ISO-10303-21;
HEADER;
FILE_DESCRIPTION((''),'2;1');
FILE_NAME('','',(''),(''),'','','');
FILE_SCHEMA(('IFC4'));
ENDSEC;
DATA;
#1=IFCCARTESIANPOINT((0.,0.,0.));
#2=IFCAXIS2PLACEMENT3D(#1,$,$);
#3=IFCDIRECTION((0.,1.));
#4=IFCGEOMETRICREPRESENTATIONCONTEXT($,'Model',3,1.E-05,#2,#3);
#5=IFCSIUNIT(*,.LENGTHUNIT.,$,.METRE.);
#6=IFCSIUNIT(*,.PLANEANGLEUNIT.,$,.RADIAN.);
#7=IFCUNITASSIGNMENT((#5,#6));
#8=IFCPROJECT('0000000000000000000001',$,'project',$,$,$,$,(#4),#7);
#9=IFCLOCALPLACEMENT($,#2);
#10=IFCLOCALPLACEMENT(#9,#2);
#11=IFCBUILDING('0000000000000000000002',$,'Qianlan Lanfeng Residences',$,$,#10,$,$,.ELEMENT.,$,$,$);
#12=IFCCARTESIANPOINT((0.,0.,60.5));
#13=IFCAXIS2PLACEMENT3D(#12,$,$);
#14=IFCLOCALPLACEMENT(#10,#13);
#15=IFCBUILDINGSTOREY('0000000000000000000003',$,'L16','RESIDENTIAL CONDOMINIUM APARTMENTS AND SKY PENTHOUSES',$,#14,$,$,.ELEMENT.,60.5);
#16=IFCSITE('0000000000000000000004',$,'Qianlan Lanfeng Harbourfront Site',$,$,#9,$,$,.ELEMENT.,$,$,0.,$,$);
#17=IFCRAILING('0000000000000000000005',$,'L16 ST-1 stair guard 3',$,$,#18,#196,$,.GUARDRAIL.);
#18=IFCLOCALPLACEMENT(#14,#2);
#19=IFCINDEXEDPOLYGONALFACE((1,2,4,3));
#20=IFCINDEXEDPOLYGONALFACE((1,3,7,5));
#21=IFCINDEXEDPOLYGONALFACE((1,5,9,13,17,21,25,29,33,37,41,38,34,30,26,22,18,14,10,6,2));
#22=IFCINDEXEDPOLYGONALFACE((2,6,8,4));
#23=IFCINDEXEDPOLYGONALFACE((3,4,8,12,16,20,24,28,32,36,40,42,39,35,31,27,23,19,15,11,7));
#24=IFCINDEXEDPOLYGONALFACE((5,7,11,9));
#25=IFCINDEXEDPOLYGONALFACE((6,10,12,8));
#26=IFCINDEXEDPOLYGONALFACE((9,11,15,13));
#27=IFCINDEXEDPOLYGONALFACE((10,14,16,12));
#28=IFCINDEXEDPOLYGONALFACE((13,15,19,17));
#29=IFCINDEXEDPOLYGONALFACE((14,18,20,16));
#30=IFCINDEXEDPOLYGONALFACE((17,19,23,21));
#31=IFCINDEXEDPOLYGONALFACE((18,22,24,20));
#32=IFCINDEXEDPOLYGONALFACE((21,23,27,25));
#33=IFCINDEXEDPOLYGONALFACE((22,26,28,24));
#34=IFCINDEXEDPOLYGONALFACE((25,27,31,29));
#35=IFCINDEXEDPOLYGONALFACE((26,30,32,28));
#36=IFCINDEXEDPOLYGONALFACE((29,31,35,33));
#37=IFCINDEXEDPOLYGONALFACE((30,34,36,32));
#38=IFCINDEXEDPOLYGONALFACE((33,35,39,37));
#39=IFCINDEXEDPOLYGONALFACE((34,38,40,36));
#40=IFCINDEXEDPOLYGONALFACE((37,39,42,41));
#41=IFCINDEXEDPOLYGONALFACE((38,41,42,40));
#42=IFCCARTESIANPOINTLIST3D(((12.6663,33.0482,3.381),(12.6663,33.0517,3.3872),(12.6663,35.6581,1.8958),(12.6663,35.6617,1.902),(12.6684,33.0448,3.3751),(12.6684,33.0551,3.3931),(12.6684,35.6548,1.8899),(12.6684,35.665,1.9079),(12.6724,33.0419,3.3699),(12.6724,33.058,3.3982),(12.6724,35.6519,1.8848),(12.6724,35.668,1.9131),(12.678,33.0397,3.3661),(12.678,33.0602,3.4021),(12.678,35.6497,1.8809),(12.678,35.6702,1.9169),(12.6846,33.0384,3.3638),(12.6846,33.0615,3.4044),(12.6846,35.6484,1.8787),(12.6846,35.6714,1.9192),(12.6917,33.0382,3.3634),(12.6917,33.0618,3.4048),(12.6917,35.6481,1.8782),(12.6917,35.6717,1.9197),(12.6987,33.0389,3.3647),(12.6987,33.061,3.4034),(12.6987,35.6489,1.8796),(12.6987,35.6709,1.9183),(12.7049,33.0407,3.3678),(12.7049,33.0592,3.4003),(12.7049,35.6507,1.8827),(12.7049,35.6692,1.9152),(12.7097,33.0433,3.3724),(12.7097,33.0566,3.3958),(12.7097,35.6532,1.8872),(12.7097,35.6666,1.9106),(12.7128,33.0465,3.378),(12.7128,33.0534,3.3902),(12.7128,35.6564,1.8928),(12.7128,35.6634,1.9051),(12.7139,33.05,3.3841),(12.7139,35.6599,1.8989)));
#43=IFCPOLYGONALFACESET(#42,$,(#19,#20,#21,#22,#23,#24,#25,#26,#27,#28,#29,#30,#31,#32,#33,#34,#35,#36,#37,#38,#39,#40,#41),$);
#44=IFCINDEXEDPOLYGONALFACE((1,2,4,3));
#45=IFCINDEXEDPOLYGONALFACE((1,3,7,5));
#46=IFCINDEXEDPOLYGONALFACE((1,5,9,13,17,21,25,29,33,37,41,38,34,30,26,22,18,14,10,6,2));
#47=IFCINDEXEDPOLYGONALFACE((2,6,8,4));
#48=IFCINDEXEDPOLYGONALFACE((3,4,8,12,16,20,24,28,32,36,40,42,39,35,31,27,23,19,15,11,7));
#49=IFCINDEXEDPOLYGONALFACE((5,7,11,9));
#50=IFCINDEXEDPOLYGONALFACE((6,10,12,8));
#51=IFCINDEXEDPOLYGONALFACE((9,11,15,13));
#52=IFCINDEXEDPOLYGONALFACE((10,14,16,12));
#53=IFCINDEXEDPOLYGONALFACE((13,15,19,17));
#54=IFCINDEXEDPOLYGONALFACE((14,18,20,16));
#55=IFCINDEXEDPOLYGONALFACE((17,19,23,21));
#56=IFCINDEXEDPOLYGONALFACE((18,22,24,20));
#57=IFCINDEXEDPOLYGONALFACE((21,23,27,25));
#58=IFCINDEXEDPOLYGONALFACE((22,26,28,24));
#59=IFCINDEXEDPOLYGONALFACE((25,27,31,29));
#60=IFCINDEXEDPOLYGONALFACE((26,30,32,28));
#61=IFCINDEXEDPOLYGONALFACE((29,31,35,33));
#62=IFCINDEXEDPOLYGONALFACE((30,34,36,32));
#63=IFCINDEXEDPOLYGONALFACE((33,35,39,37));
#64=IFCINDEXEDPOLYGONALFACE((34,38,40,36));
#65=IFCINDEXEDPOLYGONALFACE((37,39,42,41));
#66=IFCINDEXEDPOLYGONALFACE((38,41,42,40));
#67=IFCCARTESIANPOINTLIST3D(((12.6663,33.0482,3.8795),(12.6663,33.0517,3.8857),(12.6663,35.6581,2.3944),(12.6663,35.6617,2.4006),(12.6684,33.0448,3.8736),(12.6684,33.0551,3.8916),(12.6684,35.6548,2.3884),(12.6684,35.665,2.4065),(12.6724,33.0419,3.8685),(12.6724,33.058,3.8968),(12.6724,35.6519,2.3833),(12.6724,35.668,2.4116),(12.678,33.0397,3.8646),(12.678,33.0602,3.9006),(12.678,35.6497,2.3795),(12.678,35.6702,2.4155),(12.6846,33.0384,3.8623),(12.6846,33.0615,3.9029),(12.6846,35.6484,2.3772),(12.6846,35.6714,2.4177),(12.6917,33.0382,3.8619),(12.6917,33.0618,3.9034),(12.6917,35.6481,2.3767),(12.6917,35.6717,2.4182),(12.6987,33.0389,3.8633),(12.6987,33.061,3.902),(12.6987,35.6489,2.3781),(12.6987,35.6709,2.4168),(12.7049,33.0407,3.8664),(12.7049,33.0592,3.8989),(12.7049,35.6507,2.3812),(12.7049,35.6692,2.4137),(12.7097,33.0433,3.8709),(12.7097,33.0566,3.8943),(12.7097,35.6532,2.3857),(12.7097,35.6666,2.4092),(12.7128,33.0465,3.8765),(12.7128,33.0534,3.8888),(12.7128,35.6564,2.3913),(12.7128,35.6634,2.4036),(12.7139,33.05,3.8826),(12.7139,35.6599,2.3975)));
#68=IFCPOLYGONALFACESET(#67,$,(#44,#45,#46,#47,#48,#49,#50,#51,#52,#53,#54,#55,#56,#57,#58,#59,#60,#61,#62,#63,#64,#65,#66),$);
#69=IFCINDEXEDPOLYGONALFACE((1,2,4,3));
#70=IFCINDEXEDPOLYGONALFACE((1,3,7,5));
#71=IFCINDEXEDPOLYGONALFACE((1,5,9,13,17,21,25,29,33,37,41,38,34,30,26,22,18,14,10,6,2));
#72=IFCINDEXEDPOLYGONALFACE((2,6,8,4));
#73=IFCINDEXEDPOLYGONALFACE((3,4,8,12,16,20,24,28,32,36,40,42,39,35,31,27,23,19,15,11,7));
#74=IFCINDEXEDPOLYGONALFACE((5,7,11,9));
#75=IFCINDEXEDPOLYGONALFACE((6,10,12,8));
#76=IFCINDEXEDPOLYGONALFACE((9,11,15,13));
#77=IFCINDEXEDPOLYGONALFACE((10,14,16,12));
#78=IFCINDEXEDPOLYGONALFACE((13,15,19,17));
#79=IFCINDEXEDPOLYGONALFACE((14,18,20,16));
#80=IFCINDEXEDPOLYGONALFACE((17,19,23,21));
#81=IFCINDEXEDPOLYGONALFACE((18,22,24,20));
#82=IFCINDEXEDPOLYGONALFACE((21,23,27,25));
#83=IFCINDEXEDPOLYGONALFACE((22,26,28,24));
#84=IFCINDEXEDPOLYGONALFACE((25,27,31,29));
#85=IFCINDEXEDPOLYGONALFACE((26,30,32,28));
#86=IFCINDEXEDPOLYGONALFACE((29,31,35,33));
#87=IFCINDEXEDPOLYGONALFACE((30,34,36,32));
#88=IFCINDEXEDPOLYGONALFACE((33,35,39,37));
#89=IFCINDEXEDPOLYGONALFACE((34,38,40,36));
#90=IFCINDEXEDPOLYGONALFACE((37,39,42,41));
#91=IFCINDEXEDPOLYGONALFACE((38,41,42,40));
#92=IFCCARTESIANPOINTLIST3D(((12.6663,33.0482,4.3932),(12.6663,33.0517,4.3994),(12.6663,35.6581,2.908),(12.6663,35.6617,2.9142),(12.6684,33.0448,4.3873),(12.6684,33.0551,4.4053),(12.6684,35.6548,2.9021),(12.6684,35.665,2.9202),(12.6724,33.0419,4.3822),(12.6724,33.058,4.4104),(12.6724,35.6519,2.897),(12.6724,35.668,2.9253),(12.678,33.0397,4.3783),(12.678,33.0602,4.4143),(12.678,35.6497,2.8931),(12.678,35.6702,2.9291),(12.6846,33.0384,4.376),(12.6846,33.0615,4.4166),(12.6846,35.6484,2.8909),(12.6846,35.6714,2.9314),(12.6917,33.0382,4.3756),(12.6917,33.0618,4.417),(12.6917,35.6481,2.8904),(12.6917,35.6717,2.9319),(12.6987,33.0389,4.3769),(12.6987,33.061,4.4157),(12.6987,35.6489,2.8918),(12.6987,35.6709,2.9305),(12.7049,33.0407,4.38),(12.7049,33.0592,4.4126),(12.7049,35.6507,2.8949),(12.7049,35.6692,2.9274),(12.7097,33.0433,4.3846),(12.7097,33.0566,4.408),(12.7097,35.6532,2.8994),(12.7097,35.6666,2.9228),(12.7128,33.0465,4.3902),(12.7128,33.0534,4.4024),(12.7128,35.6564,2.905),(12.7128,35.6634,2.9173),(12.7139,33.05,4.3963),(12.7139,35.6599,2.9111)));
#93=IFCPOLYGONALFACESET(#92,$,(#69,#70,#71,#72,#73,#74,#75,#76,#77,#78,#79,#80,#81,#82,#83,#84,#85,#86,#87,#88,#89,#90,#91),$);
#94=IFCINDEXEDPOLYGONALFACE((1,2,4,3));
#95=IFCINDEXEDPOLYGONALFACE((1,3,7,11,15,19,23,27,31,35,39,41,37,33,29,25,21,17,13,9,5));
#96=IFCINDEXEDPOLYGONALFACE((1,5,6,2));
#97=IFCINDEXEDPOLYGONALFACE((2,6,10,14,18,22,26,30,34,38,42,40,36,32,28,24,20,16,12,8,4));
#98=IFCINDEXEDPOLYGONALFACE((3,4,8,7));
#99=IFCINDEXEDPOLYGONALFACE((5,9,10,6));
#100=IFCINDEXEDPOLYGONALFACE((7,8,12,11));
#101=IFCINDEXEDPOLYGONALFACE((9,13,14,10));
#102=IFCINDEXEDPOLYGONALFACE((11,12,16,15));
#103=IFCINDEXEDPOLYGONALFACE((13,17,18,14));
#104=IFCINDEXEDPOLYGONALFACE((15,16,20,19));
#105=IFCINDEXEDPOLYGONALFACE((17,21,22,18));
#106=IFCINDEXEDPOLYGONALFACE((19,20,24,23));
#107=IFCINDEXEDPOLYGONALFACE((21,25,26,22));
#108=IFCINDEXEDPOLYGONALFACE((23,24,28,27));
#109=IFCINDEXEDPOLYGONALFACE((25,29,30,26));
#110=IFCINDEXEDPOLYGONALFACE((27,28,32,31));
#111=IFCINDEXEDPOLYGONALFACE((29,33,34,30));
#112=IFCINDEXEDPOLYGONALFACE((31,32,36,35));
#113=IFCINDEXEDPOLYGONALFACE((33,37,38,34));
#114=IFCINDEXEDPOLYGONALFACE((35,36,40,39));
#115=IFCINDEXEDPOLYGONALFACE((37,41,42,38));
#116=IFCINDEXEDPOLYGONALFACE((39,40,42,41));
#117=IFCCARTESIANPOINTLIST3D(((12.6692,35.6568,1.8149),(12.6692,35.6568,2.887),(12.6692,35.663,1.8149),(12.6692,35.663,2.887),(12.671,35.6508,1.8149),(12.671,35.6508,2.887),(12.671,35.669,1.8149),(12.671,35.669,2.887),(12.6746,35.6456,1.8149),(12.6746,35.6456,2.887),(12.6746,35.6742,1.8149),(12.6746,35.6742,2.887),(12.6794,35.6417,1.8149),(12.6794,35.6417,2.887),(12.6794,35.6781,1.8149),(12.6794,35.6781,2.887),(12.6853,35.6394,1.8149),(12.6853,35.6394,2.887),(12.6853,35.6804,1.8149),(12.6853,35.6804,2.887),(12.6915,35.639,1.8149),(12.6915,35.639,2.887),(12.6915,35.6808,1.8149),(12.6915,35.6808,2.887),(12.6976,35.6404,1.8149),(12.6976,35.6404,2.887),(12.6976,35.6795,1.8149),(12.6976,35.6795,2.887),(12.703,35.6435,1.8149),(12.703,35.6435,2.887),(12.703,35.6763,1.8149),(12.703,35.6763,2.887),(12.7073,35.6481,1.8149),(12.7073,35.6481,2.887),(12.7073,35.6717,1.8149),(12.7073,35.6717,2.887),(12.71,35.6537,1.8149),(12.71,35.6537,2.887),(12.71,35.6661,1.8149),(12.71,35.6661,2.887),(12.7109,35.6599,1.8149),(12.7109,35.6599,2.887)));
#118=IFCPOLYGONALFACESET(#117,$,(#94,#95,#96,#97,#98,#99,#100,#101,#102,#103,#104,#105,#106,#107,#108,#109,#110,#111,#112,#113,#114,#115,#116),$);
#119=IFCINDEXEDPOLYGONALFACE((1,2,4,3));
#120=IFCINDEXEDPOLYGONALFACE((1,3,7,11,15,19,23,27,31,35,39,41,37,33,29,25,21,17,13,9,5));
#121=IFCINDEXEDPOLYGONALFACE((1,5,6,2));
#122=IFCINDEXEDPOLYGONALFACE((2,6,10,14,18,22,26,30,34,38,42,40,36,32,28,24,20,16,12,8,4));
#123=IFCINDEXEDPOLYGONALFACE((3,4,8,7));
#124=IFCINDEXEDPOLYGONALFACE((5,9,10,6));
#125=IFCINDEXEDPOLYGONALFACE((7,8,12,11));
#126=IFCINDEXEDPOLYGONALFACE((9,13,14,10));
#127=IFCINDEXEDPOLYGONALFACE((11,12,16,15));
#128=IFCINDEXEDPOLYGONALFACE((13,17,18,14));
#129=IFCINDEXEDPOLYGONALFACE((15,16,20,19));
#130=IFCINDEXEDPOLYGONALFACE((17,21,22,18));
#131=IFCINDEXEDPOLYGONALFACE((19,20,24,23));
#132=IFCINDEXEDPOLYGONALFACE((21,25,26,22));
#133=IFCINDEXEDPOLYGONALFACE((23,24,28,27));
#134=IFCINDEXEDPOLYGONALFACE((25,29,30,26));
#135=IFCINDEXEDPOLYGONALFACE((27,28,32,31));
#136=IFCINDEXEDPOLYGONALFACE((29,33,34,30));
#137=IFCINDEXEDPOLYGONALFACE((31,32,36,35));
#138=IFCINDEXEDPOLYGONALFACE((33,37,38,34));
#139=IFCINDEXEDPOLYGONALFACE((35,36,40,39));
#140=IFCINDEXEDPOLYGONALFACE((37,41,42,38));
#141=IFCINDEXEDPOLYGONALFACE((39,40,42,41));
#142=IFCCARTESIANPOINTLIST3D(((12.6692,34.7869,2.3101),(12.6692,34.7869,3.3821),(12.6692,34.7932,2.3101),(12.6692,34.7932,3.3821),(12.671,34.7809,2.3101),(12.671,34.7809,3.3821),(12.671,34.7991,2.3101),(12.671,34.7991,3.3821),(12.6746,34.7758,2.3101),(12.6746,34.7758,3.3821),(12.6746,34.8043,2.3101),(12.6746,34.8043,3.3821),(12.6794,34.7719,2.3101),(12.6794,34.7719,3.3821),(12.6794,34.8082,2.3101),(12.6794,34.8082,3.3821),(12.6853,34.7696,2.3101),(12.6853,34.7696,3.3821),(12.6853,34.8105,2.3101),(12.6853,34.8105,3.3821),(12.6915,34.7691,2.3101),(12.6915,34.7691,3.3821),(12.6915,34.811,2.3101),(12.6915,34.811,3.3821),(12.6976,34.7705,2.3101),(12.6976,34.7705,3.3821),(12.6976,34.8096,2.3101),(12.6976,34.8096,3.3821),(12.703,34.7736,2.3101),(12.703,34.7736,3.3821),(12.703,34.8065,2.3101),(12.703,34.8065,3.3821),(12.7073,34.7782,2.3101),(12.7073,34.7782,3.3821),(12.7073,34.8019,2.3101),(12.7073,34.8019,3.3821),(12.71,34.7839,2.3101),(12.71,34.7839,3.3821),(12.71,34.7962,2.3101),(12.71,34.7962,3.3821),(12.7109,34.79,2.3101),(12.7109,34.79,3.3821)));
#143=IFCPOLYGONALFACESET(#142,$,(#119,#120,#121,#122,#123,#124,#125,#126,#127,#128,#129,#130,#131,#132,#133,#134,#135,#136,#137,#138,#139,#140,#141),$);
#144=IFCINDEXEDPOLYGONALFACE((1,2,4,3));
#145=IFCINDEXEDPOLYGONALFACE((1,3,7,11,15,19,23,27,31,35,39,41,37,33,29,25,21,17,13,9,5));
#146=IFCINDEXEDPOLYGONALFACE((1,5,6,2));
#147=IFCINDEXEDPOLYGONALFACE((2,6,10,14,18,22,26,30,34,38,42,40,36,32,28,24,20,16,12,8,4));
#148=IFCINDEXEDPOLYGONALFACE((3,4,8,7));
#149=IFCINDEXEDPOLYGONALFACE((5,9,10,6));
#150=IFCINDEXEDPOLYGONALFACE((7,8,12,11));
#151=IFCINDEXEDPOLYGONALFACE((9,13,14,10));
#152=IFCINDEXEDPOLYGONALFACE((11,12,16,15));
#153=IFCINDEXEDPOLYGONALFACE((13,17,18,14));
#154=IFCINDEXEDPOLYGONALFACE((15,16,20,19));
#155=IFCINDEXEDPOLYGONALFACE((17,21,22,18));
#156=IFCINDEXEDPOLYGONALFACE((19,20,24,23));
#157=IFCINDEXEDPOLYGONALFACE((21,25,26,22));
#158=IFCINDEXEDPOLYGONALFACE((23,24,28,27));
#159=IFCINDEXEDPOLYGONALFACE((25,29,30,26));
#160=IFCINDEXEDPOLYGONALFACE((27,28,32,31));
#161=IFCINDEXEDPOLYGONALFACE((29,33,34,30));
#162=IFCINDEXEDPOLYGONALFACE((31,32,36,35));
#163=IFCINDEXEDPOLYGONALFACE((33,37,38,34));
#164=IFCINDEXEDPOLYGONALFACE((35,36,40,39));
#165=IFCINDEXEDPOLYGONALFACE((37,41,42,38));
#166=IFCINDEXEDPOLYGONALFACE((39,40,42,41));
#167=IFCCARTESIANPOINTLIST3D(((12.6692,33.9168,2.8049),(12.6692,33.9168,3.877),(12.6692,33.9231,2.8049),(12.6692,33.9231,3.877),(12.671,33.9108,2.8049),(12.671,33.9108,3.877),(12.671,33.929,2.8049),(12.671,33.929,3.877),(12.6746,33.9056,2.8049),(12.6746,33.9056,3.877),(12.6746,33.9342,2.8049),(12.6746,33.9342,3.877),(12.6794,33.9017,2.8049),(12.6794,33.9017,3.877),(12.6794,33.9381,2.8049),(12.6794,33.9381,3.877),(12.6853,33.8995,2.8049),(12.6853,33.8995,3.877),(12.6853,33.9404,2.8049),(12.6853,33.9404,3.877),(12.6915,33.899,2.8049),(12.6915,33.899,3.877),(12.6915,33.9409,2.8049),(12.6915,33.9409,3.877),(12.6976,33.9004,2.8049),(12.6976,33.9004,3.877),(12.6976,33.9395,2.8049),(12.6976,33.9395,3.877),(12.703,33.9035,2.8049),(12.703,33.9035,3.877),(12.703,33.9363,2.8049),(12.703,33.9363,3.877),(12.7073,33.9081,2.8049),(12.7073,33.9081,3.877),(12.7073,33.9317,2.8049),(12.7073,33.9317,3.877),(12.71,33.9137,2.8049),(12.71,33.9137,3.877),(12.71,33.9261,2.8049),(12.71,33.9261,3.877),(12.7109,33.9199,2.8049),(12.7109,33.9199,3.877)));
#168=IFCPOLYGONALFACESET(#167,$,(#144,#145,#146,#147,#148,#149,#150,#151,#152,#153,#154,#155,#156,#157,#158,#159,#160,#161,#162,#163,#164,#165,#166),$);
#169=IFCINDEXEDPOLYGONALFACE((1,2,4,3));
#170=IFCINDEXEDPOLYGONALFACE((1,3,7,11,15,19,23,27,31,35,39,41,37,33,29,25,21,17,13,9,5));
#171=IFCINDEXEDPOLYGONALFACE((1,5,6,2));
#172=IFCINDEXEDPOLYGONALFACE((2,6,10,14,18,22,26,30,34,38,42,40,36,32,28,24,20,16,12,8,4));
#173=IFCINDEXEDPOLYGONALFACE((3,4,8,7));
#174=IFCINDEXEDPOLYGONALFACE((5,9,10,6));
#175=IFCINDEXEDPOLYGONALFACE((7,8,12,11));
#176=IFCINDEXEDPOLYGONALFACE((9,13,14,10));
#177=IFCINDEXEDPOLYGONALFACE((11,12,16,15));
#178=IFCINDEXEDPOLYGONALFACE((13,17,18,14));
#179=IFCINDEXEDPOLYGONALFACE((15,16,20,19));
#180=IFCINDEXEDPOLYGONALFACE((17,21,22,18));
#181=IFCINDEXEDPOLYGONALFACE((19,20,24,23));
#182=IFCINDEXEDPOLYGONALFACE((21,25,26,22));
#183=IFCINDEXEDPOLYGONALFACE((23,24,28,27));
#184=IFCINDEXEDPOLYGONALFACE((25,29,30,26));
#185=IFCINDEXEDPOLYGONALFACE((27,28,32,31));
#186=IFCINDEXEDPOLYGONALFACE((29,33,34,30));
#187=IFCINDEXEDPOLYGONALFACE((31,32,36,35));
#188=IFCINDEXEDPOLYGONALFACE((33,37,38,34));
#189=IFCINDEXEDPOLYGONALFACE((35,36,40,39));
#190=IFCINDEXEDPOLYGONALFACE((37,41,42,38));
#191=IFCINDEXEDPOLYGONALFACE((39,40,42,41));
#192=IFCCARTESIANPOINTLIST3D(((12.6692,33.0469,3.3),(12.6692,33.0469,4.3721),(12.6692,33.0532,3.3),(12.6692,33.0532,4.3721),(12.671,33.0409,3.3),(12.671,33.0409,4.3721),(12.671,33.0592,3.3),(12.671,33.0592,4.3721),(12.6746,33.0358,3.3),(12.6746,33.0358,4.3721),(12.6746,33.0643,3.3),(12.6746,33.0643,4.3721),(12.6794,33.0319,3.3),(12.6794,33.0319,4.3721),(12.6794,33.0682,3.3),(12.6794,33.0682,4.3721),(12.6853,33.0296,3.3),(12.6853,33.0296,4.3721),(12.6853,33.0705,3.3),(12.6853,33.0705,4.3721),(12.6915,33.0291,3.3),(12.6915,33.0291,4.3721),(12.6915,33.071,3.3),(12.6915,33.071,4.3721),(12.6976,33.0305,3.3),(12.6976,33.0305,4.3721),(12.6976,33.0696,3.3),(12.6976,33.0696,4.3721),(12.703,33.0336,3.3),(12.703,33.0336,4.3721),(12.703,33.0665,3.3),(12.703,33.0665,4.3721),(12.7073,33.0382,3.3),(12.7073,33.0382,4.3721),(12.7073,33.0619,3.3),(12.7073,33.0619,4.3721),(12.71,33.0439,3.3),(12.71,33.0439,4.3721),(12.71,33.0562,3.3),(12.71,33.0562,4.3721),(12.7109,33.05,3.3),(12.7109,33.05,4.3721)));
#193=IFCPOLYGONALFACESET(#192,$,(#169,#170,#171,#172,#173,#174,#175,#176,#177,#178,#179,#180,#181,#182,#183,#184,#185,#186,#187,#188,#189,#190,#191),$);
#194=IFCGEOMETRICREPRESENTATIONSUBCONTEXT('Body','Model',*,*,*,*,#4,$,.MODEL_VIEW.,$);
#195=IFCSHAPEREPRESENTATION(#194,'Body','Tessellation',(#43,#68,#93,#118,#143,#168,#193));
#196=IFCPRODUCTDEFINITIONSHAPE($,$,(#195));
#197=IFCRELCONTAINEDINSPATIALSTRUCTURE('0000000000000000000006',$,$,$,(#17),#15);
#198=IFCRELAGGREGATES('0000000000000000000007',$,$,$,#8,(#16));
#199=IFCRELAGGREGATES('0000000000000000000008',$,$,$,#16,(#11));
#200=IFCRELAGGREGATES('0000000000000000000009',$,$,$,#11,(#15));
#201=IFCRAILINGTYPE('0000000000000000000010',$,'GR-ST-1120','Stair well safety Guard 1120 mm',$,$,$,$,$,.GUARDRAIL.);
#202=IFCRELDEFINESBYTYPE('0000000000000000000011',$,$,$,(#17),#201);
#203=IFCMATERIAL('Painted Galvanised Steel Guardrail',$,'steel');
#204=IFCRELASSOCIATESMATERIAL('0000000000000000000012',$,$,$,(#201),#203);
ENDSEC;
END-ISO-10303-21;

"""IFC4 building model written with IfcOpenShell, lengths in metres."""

from ifc_helpers import new_model, si_unit, direction, frame, origin, origin_2d, place, context, subcontext, project, spatial, circle, extrude, material, type_object, element, save


model = new_model("IFC4")

# Units and contexts
model_context = context("Model", 3, precision=1e-05, world=origin(), true_north=direction((0.0, 1.0)))
body_context = subcontext(model_context, "Body", "Model", "MODEL_VIEW")
ifc_project = project(units=[si_unit("LENGTHUNIT", "METRE"), si_unit("PLANEANGLEUNIT", "RADIAN")], contexts=[model_context])

# Site, building, storey
site_placement = place(None, origin())
site = spatial("IfcSite", under=ifc_project, at=site_placement, Name="Qianlan Lanfeng Harbourfront Site", CompositionType="ELEMENT", RefElevation=0.0)
building_placement = place(site_placement, origin())
building = spatial("IfcBuilding", under=site, at=building_placement, Name="Qianlan Lanfeng Residences", CompositionType="ELEMENT")
storey_placement = place(building_placement, frame((0.0, 0.0, 60.5)))
storey = spatial("IfcBuildingStorey", under=building, at=storey_placement, Name="L16", Description="RESIDENTIAL CONDOMINIUM APARTMENTS AND SKY PENTHOUSES", CompositionType="ELEMENT", Elevation=60.5)

# Railing
ifc_material_1 = material(Name="Painted Galvanised Steel Guardrail", Category="steel")
railing_type_1 = type_object("IfcRailingType", Name="GR-ST-1120", Description="Stair well safety Guard 1120 mm", PredefinedType="GUARDRAIL", material=ifc_material_1)
railing_1_placement = place(storey_placement, frame((12.6899, 35.6599, 1.8149)))
element("IfcRailing", 1, at=railing_1_placement, inside=storey, type_object=railing_type_1, Name="L16 ST-1 stair guard 3", PredefinedType="GUARDRAIL", context=body_context, shape_type="SweptSolid", body=[
    extrude(circle(Radius=0.0239, at=origin_2d()), frame((0.0, 0.0, 0.084), z_axis=(0.0, -0.869137, 0.494571), x_axis=(1.0, 0.0, 0.0)), (0.0, 0.0, 1.0), 3.0029),
    extrude(circle(Radius=0.0239, at=origin_2d()), frame((0.0, 0.0, 0.5825), z_axis=(0.0, -0.869137, 0.494571), x_axis=(1.0, 0.0, 0.0)), (0.0, 0.0, 1.0), 3.0029),
    extrude(circle(Radius=0.0239, at=origin_2d()), frame((0.0, 0.0, 1.0962), z_axis=(0.0, -0.869137, 0.494571), x_axis=(1.0, 0.0, 0.0)), (0.0, 0.0, 1.0), 3.0029),
    extrude(circle(Radius=0.021, at=origin_2d()), origin(), (0.0, 0.0, 1.0), 1.072),
    extrude(circle(Radius=0.021, at=origin_2d()), frame((0.0, -0.8699, 0.4951)), (0.0, 0.0, 1.0), 1.072),
    extrude(circle(Radius=0.021, at=origin_2d()), frame((0.0, -1.74, 0.99)), (0.0, 0.0, 1.0), 1.072),
    extrude(circle(Radius=0.021, at=origin_2d()), frame((0.0, -2.6099, 1.4851)), (0.0, 0.0, 1.0), 1.072),
])

save(model, "model.ifc")
